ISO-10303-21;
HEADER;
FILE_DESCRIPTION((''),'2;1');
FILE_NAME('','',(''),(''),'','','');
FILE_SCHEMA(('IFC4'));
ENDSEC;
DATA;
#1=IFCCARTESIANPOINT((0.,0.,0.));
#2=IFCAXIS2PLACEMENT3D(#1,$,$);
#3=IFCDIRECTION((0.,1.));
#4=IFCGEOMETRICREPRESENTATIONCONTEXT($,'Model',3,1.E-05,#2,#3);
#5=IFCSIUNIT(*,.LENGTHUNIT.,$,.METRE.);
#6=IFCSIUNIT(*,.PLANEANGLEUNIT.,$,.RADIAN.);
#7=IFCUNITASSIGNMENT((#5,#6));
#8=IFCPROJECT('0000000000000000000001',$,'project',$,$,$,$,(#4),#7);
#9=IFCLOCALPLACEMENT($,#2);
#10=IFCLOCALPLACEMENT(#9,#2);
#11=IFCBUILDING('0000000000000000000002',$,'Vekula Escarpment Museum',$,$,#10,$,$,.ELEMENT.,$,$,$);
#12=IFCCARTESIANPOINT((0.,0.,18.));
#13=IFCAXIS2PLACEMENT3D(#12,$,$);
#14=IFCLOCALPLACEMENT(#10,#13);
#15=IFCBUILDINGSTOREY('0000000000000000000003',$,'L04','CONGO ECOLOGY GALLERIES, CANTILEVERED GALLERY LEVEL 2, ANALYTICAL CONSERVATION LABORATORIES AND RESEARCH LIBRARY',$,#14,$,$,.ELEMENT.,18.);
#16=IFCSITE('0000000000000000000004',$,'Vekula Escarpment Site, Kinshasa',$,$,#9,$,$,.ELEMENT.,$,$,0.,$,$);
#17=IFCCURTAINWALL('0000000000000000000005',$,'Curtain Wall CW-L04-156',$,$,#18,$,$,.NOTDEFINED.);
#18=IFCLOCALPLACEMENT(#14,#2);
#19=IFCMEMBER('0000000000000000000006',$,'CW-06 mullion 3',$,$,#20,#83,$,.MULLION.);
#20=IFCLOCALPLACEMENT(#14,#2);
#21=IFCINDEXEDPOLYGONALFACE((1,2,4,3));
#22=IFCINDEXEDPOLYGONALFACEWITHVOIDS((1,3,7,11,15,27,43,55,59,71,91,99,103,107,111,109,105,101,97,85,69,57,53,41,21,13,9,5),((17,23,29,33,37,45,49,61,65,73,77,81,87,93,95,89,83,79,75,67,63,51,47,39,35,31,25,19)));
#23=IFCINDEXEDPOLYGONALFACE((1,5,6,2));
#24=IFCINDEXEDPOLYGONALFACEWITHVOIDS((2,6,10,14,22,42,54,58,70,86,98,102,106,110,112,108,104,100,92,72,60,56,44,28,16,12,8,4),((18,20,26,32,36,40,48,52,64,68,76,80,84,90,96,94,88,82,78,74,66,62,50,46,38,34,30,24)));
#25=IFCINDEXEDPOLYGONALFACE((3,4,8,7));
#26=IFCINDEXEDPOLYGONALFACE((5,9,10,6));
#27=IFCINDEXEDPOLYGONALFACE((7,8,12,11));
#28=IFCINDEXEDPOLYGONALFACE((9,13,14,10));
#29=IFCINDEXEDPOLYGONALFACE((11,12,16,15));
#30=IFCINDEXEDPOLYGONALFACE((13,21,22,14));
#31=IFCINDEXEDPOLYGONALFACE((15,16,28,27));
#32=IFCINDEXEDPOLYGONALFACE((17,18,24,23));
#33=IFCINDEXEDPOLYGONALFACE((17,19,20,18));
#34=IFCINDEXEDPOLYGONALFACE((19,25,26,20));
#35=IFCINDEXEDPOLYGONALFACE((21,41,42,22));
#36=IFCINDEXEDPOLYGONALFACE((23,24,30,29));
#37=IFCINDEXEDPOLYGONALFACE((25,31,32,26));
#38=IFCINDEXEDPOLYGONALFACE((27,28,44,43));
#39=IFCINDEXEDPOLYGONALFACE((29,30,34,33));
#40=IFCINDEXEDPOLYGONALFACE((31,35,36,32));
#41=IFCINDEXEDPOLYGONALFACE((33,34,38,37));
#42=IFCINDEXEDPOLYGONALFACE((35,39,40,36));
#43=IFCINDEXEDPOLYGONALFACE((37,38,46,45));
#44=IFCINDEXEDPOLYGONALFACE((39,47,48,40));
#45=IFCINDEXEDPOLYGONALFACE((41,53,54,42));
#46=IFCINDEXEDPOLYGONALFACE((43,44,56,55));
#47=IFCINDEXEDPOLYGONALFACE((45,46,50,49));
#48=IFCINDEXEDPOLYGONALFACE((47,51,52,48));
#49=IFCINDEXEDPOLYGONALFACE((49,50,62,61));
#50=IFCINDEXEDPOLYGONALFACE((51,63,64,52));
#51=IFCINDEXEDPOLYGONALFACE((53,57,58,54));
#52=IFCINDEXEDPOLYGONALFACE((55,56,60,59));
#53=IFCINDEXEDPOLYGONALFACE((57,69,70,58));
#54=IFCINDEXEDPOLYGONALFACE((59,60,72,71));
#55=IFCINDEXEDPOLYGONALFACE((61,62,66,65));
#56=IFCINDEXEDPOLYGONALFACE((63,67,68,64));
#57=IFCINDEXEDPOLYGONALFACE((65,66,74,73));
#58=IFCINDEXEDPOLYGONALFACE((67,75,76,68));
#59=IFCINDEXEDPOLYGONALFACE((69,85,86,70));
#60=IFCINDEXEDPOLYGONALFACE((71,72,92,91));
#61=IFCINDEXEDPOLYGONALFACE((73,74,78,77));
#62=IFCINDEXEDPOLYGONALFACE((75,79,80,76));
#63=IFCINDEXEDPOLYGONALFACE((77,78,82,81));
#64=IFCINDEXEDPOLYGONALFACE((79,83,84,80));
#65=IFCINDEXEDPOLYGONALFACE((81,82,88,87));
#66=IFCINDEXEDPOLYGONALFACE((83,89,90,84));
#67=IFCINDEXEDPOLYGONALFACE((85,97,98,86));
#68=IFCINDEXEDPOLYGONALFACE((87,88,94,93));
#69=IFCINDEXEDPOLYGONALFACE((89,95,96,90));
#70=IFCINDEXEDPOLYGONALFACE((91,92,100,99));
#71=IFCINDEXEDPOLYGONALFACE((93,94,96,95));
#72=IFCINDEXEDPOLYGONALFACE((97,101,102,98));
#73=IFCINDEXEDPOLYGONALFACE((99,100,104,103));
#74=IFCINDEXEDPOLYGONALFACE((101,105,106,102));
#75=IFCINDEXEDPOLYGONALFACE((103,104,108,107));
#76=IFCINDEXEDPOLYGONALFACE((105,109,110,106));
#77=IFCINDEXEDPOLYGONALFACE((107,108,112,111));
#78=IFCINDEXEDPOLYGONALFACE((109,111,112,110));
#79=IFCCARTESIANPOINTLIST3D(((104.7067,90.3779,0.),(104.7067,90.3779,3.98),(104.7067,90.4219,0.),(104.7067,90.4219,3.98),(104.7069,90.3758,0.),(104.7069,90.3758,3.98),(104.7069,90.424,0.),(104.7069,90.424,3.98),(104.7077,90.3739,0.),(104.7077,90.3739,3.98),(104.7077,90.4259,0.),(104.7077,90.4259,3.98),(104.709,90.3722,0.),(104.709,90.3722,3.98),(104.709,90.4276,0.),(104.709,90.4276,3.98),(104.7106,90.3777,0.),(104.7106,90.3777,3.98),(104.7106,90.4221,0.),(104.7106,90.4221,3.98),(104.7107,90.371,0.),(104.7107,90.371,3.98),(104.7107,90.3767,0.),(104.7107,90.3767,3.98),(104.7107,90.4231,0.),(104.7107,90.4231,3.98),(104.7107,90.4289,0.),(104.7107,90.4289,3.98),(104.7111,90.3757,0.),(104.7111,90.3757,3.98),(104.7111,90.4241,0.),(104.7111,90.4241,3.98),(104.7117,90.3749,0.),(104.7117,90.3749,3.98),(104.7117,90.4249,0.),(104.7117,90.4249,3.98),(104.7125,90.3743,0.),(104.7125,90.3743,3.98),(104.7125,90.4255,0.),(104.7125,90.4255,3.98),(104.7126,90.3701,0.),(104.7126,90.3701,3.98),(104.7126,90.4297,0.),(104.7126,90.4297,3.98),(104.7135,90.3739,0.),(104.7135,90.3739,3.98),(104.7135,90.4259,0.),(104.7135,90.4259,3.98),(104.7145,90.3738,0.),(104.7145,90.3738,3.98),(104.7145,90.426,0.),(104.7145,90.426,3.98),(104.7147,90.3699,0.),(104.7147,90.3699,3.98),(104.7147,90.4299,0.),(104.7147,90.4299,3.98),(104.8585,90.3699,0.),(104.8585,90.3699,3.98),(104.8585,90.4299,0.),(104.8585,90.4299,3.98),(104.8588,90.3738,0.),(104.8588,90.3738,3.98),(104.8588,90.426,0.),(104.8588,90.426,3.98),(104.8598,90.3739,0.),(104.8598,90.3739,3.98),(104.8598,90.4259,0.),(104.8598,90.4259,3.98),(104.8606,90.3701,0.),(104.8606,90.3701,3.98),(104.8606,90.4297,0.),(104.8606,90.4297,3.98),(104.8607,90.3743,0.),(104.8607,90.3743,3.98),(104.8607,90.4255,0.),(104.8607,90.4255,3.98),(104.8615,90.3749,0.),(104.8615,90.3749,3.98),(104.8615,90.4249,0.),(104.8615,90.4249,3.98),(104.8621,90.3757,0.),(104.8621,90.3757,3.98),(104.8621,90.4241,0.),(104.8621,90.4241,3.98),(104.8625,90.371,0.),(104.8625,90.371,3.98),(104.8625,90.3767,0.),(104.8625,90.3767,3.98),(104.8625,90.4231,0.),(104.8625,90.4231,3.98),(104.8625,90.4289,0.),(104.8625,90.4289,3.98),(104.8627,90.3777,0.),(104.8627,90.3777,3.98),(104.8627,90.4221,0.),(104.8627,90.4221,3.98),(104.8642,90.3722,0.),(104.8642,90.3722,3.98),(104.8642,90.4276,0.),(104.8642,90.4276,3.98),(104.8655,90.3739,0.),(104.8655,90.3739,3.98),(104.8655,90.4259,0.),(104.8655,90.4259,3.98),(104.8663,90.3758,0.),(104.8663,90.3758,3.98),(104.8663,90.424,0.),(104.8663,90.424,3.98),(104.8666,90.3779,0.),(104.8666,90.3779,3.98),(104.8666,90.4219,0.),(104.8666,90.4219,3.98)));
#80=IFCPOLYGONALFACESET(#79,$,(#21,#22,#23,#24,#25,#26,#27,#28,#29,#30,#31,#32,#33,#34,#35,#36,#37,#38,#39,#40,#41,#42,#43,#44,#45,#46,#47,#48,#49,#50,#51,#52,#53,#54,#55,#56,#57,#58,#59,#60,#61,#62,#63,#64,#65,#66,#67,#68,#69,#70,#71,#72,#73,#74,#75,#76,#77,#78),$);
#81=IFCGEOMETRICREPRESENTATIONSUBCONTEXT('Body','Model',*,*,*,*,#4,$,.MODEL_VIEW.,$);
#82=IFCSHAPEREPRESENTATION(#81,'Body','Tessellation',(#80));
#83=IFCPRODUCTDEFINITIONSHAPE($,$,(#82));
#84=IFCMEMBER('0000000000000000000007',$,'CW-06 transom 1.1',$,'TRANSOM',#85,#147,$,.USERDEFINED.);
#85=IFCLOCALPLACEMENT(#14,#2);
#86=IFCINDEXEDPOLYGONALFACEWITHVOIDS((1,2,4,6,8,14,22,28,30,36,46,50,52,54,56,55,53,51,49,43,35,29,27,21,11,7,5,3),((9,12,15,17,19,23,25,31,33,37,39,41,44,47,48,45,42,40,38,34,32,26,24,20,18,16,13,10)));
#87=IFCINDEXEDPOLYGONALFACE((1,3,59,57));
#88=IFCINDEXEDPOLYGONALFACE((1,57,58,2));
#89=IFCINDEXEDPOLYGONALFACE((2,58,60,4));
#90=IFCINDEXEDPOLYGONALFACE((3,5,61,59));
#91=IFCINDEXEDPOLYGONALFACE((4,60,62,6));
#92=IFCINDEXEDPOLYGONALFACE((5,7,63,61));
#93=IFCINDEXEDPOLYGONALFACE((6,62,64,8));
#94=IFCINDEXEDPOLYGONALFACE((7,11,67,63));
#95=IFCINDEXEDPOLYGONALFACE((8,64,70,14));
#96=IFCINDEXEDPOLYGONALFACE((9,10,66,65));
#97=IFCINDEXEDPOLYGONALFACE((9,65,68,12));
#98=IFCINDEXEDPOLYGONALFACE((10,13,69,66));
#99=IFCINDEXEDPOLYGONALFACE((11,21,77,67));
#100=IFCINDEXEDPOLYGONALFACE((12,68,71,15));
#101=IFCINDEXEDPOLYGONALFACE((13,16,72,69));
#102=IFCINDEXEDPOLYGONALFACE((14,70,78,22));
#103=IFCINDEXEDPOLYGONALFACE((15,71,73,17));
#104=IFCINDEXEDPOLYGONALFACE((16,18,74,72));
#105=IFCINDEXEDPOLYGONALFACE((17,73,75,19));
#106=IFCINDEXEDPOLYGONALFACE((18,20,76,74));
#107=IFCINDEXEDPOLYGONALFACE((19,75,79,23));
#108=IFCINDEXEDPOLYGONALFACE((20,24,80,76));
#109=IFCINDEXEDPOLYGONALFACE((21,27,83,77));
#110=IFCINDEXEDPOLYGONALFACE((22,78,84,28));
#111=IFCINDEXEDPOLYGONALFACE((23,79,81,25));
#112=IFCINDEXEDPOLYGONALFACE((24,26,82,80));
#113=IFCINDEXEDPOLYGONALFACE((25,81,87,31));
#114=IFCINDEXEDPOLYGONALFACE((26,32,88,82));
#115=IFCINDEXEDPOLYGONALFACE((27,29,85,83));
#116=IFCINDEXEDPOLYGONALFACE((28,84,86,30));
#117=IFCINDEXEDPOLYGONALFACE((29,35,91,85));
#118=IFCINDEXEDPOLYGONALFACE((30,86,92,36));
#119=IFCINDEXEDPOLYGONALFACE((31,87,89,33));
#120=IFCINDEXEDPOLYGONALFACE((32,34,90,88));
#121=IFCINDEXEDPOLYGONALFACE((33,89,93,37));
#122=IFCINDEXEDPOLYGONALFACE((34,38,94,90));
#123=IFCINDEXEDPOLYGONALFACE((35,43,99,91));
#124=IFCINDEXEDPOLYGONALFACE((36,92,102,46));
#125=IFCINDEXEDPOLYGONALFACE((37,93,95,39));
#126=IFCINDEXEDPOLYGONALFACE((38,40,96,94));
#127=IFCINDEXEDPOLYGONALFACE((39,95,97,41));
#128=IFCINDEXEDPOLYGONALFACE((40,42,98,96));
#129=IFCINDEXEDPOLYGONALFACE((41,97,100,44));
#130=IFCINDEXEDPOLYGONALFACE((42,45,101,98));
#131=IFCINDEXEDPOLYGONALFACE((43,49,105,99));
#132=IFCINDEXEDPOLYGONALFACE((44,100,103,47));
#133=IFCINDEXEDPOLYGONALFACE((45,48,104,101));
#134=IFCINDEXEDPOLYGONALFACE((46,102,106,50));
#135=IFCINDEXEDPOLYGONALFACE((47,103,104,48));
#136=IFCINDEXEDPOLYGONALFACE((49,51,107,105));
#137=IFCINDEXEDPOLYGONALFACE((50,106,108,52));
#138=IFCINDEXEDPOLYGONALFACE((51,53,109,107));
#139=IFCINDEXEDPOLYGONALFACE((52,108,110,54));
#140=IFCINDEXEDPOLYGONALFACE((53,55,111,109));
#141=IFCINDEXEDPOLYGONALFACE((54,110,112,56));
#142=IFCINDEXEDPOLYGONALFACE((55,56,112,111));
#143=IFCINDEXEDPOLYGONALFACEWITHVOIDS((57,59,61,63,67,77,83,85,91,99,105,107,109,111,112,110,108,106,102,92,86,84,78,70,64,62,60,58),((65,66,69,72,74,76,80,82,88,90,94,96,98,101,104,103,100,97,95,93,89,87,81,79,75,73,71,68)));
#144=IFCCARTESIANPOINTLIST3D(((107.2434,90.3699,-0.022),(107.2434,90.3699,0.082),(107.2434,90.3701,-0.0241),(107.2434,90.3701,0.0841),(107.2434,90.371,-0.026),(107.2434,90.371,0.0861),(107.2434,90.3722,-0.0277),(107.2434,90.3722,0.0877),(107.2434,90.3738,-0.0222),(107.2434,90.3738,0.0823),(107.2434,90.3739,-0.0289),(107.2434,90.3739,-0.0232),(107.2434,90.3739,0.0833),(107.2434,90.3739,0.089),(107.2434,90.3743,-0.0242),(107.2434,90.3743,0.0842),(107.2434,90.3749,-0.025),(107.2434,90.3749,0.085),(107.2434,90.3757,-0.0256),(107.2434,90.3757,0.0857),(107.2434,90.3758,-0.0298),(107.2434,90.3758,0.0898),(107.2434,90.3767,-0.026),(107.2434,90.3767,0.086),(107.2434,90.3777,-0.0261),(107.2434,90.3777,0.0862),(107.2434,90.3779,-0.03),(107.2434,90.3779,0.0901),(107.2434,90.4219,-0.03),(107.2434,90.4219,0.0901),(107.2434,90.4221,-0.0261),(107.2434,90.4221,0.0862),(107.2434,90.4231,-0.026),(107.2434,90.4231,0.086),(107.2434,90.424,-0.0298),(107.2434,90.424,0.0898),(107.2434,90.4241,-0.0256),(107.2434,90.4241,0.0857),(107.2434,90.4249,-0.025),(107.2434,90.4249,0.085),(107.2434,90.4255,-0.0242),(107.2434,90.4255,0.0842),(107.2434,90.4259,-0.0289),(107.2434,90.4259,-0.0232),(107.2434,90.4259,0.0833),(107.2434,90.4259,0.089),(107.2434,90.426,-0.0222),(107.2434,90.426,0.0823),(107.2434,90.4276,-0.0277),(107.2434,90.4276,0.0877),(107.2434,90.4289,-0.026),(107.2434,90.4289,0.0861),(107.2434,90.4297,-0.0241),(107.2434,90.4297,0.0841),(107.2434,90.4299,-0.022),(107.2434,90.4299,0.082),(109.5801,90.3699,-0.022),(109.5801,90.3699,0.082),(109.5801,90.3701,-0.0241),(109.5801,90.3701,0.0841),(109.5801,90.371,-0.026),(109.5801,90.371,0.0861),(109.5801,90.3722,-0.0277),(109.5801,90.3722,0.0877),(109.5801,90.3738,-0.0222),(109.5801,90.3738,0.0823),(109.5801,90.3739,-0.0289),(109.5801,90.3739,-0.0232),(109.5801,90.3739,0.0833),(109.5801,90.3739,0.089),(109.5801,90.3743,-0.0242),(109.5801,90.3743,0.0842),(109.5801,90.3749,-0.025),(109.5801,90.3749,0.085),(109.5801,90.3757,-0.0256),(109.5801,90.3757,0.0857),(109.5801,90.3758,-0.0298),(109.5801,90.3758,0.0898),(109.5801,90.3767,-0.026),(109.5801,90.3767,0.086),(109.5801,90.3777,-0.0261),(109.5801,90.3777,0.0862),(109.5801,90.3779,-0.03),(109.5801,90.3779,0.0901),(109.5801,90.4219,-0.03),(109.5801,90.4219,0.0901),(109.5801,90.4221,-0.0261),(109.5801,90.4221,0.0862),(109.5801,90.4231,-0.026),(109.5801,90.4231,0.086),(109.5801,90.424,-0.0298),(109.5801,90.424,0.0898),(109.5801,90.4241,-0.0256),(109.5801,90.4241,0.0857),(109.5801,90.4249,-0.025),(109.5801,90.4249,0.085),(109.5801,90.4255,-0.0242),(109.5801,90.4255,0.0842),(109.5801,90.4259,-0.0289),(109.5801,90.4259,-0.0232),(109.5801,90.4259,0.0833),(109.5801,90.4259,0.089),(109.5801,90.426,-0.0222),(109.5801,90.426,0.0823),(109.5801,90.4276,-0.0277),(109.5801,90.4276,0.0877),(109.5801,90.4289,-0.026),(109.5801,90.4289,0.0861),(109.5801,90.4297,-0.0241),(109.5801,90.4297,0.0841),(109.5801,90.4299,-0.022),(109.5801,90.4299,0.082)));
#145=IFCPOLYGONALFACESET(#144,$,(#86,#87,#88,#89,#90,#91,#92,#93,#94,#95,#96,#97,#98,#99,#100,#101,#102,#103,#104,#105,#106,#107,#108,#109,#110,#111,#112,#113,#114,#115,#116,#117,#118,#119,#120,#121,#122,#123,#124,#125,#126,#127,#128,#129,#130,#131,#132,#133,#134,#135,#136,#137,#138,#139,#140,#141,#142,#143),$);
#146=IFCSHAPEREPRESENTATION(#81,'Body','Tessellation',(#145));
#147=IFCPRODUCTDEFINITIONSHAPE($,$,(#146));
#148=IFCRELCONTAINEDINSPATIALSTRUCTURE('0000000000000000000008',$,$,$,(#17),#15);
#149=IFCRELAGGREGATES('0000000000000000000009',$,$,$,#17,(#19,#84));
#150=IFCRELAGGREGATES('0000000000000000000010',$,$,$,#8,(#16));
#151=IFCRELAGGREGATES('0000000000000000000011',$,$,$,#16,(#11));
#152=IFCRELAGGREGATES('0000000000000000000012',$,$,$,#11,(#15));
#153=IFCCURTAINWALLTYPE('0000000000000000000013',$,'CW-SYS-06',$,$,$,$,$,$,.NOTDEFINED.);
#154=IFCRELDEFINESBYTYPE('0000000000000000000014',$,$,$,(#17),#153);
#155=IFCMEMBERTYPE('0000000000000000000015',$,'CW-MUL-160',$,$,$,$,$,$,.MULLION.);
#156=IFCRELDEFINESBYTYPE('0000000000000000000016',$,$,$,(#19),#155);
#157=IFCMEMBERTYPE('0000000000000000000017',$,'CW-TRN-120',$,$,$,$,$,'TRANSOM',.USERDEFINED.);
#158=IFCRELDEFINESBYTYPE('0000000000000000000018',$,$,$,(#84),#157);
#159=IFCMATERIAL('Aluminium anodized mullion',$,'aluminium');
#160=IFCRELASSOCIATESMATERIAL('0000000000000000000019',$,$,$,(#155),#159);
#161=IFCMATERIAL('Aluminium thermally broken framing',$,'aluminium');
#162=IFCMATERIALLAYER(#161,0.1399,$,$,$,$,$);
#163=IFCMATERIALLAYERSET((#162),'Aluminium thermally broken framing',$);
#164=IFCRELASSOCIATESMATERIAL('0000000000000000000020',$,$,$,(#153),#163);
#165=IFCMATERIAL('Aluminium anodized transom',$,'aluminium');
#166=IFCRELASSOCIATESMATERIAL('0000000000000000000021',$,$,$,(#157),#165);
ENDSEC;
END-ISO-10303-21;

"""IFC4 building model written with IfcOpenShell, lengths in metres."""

from ifc_helpers import new_model, si_unit, direction, frame, origin, origin_2d, place, context, subcontext, project, spatial, hollow_rectangle, extrude, material, layer, layer_set, material_profile, profile_set, type_object, element, aggregate, save


model = new_model("IFC4")

# Units and contexts
model_context = context("Model", 3, precision=1e-05, world=origin(), true_north=direction((0.0, 1.0)))
body_context = subcontext(model_context, "Body", "Model", "MODEL_VIEW")
ifc_project = project(units=[si_unit("LENGTHUNIT", "METRE"), si_unit("PLANEANGLEUNIT", "RADIAN")], contexts=[model_context])

# Site, building, storey
site_placement = place(None, origin())
site = spatial("IfcSite", under=ifc_project, at=site_placement, Name="Vekula Escarpment Site, Kinshasa", CompositionType="ELEMENT", RefElevation=0.0)
building_placement = place(site_placement, origin())
building = spatial("IfcBuilding", under=site, at=building_placement, Name="Vekula Escarpment Museum", CompositionType="ELEMENT")
storey_placement = place(building_placement, frame((0.0, 0.0, 18.0)))
storey = spatial("IfcBuildingStorey", under=building, at=storey_placement, Name="L04", Description="CONGO ECOLOGY GALLERIES, CANTILEVERED GALLERY LEVEL 2, ANALYTICAL CONSERVATION LABORATORIES AND RESEARCH LIBRARY", CompositionType="ELEMENT", Elevation=18.0)

# Shared definitions
ifc_material_1 = material(Name="Aluminium anodized mullion", Category="aluminium")
ifc_material_profile_1 = material_profile(ifc_material_1, hollow_rectangle(XDim=0.0601, YDim=0.1599, WallThickness=0.0039, InnerFilletRadius=0.0039, OuterFilletRadius=0.0081, at=origin_2d()), Name="ALU 160x60x4")
ifc_profile_set_1 = profile_set([ifc_material_profile_1], Name="Aluminium anodized mullion")
member_type_1 = type_object("IfcMemberType", Name="CW-MUL-160", PredefinedType="MULLION", material=ifc_profile_set_1)

# Curtain wall, members
ifc_material_2 = material(Name="Aluminium thermally broken framing", Category="aluminium")
ifc_layer_1 = layer(ifc_material_2, 0.1399)
ifc_layer_set_1 = layer_set([ifc_layer_1], Name="Aluminium thermally broken framing")
curtain_wall_type_1 = type_object("IfcCurtainWallType", Name="CW-SYS-06", PredefinedType="NOTDEFINED", material=ifc_layer_set_1)
curtain_wall_1_placement = place(storey_placement, origin())
curtain_wall_1 = element("IfcCurtainWall", 1, at=curtain_wall_1_placement, inside=storey, type_object=curtain_wall_type_1, Name="Curtain Wall CW-L04-156", PredefinedType="NOTDEFINED")
member_1_placement = place(storey_placement, frame((104.7866, 90.3999, 0.0), z_axis=(0.0, 0.0, 1.0), x_axis=(0.0, -1.0, 0.0)))
member_1 = element("IfcMember", 2, at=member_1_placement, type_object=member_type_1, Name="CW-06 mullion 3", PredefinedType="MULLION", context=body_context, shape_type="SweptSolid", body=[
    extrude(hollow_rectangle(XDim=0.0601, YDim=0.1599, WallThickness=0.0039, InnerFilletRadius=0.0039, OuterFilletRadius=0.0081, at=origin_2d()), origin(), (0.0, 0.0, 1.0), 3.98),
])
ifc_material_3 = material(Name="Aluminium anodized transom", Category="aluminium")
ifc_material_profile_2 = material_profile(ifc_material_3, hollow_rectangle(XDim=0.0601, YDim=0.1201, WallThickness=0.0039, InnerFilletRadius=0.0039, OuterFilletRadius=0.0081, at=origin_2d()), Name="ALU 120x60x4")
ifc_profile_set_2 = profile_set([ifc_material_profile_2], Name="Aluminium anodized transom")
member_type_2 = type_object("IfcMemberType", Name="CW-TRN-120", ElementType="TRANSOM", PredefinedType="USERDEFINED", material=ifc_profile_set_2)
member_2_placement = place(storey_placement, frame((109.5801, 90.3999, 0.03), z_axis=(-1.0, 0.0, 0.0), x_axis=(0.0, -1.0, 0.0)))
member_2 = element("IfcMember", 3, at=member_2_placement, type_object=member_type_2, Name="CW-06 transom 1.1", ObjectType="TRANSOM", PredefinedType="USERDEFINED", context=body_context, shape_type="SweptSolid", body=[
    extrude(hollow_rectangle(XDim=0.0601, YDim=0.1201, WallThickness=0.0039, InnerFilletRadius=0.0039, OuterFilletRadius=0.0081, at=origin_2d()), origin(), (0.0, 0.0, 1.0), 2.3367),
])

aggregate(curtain_wall_1, [member_1, member_2])

save(model, "model.ifc")
